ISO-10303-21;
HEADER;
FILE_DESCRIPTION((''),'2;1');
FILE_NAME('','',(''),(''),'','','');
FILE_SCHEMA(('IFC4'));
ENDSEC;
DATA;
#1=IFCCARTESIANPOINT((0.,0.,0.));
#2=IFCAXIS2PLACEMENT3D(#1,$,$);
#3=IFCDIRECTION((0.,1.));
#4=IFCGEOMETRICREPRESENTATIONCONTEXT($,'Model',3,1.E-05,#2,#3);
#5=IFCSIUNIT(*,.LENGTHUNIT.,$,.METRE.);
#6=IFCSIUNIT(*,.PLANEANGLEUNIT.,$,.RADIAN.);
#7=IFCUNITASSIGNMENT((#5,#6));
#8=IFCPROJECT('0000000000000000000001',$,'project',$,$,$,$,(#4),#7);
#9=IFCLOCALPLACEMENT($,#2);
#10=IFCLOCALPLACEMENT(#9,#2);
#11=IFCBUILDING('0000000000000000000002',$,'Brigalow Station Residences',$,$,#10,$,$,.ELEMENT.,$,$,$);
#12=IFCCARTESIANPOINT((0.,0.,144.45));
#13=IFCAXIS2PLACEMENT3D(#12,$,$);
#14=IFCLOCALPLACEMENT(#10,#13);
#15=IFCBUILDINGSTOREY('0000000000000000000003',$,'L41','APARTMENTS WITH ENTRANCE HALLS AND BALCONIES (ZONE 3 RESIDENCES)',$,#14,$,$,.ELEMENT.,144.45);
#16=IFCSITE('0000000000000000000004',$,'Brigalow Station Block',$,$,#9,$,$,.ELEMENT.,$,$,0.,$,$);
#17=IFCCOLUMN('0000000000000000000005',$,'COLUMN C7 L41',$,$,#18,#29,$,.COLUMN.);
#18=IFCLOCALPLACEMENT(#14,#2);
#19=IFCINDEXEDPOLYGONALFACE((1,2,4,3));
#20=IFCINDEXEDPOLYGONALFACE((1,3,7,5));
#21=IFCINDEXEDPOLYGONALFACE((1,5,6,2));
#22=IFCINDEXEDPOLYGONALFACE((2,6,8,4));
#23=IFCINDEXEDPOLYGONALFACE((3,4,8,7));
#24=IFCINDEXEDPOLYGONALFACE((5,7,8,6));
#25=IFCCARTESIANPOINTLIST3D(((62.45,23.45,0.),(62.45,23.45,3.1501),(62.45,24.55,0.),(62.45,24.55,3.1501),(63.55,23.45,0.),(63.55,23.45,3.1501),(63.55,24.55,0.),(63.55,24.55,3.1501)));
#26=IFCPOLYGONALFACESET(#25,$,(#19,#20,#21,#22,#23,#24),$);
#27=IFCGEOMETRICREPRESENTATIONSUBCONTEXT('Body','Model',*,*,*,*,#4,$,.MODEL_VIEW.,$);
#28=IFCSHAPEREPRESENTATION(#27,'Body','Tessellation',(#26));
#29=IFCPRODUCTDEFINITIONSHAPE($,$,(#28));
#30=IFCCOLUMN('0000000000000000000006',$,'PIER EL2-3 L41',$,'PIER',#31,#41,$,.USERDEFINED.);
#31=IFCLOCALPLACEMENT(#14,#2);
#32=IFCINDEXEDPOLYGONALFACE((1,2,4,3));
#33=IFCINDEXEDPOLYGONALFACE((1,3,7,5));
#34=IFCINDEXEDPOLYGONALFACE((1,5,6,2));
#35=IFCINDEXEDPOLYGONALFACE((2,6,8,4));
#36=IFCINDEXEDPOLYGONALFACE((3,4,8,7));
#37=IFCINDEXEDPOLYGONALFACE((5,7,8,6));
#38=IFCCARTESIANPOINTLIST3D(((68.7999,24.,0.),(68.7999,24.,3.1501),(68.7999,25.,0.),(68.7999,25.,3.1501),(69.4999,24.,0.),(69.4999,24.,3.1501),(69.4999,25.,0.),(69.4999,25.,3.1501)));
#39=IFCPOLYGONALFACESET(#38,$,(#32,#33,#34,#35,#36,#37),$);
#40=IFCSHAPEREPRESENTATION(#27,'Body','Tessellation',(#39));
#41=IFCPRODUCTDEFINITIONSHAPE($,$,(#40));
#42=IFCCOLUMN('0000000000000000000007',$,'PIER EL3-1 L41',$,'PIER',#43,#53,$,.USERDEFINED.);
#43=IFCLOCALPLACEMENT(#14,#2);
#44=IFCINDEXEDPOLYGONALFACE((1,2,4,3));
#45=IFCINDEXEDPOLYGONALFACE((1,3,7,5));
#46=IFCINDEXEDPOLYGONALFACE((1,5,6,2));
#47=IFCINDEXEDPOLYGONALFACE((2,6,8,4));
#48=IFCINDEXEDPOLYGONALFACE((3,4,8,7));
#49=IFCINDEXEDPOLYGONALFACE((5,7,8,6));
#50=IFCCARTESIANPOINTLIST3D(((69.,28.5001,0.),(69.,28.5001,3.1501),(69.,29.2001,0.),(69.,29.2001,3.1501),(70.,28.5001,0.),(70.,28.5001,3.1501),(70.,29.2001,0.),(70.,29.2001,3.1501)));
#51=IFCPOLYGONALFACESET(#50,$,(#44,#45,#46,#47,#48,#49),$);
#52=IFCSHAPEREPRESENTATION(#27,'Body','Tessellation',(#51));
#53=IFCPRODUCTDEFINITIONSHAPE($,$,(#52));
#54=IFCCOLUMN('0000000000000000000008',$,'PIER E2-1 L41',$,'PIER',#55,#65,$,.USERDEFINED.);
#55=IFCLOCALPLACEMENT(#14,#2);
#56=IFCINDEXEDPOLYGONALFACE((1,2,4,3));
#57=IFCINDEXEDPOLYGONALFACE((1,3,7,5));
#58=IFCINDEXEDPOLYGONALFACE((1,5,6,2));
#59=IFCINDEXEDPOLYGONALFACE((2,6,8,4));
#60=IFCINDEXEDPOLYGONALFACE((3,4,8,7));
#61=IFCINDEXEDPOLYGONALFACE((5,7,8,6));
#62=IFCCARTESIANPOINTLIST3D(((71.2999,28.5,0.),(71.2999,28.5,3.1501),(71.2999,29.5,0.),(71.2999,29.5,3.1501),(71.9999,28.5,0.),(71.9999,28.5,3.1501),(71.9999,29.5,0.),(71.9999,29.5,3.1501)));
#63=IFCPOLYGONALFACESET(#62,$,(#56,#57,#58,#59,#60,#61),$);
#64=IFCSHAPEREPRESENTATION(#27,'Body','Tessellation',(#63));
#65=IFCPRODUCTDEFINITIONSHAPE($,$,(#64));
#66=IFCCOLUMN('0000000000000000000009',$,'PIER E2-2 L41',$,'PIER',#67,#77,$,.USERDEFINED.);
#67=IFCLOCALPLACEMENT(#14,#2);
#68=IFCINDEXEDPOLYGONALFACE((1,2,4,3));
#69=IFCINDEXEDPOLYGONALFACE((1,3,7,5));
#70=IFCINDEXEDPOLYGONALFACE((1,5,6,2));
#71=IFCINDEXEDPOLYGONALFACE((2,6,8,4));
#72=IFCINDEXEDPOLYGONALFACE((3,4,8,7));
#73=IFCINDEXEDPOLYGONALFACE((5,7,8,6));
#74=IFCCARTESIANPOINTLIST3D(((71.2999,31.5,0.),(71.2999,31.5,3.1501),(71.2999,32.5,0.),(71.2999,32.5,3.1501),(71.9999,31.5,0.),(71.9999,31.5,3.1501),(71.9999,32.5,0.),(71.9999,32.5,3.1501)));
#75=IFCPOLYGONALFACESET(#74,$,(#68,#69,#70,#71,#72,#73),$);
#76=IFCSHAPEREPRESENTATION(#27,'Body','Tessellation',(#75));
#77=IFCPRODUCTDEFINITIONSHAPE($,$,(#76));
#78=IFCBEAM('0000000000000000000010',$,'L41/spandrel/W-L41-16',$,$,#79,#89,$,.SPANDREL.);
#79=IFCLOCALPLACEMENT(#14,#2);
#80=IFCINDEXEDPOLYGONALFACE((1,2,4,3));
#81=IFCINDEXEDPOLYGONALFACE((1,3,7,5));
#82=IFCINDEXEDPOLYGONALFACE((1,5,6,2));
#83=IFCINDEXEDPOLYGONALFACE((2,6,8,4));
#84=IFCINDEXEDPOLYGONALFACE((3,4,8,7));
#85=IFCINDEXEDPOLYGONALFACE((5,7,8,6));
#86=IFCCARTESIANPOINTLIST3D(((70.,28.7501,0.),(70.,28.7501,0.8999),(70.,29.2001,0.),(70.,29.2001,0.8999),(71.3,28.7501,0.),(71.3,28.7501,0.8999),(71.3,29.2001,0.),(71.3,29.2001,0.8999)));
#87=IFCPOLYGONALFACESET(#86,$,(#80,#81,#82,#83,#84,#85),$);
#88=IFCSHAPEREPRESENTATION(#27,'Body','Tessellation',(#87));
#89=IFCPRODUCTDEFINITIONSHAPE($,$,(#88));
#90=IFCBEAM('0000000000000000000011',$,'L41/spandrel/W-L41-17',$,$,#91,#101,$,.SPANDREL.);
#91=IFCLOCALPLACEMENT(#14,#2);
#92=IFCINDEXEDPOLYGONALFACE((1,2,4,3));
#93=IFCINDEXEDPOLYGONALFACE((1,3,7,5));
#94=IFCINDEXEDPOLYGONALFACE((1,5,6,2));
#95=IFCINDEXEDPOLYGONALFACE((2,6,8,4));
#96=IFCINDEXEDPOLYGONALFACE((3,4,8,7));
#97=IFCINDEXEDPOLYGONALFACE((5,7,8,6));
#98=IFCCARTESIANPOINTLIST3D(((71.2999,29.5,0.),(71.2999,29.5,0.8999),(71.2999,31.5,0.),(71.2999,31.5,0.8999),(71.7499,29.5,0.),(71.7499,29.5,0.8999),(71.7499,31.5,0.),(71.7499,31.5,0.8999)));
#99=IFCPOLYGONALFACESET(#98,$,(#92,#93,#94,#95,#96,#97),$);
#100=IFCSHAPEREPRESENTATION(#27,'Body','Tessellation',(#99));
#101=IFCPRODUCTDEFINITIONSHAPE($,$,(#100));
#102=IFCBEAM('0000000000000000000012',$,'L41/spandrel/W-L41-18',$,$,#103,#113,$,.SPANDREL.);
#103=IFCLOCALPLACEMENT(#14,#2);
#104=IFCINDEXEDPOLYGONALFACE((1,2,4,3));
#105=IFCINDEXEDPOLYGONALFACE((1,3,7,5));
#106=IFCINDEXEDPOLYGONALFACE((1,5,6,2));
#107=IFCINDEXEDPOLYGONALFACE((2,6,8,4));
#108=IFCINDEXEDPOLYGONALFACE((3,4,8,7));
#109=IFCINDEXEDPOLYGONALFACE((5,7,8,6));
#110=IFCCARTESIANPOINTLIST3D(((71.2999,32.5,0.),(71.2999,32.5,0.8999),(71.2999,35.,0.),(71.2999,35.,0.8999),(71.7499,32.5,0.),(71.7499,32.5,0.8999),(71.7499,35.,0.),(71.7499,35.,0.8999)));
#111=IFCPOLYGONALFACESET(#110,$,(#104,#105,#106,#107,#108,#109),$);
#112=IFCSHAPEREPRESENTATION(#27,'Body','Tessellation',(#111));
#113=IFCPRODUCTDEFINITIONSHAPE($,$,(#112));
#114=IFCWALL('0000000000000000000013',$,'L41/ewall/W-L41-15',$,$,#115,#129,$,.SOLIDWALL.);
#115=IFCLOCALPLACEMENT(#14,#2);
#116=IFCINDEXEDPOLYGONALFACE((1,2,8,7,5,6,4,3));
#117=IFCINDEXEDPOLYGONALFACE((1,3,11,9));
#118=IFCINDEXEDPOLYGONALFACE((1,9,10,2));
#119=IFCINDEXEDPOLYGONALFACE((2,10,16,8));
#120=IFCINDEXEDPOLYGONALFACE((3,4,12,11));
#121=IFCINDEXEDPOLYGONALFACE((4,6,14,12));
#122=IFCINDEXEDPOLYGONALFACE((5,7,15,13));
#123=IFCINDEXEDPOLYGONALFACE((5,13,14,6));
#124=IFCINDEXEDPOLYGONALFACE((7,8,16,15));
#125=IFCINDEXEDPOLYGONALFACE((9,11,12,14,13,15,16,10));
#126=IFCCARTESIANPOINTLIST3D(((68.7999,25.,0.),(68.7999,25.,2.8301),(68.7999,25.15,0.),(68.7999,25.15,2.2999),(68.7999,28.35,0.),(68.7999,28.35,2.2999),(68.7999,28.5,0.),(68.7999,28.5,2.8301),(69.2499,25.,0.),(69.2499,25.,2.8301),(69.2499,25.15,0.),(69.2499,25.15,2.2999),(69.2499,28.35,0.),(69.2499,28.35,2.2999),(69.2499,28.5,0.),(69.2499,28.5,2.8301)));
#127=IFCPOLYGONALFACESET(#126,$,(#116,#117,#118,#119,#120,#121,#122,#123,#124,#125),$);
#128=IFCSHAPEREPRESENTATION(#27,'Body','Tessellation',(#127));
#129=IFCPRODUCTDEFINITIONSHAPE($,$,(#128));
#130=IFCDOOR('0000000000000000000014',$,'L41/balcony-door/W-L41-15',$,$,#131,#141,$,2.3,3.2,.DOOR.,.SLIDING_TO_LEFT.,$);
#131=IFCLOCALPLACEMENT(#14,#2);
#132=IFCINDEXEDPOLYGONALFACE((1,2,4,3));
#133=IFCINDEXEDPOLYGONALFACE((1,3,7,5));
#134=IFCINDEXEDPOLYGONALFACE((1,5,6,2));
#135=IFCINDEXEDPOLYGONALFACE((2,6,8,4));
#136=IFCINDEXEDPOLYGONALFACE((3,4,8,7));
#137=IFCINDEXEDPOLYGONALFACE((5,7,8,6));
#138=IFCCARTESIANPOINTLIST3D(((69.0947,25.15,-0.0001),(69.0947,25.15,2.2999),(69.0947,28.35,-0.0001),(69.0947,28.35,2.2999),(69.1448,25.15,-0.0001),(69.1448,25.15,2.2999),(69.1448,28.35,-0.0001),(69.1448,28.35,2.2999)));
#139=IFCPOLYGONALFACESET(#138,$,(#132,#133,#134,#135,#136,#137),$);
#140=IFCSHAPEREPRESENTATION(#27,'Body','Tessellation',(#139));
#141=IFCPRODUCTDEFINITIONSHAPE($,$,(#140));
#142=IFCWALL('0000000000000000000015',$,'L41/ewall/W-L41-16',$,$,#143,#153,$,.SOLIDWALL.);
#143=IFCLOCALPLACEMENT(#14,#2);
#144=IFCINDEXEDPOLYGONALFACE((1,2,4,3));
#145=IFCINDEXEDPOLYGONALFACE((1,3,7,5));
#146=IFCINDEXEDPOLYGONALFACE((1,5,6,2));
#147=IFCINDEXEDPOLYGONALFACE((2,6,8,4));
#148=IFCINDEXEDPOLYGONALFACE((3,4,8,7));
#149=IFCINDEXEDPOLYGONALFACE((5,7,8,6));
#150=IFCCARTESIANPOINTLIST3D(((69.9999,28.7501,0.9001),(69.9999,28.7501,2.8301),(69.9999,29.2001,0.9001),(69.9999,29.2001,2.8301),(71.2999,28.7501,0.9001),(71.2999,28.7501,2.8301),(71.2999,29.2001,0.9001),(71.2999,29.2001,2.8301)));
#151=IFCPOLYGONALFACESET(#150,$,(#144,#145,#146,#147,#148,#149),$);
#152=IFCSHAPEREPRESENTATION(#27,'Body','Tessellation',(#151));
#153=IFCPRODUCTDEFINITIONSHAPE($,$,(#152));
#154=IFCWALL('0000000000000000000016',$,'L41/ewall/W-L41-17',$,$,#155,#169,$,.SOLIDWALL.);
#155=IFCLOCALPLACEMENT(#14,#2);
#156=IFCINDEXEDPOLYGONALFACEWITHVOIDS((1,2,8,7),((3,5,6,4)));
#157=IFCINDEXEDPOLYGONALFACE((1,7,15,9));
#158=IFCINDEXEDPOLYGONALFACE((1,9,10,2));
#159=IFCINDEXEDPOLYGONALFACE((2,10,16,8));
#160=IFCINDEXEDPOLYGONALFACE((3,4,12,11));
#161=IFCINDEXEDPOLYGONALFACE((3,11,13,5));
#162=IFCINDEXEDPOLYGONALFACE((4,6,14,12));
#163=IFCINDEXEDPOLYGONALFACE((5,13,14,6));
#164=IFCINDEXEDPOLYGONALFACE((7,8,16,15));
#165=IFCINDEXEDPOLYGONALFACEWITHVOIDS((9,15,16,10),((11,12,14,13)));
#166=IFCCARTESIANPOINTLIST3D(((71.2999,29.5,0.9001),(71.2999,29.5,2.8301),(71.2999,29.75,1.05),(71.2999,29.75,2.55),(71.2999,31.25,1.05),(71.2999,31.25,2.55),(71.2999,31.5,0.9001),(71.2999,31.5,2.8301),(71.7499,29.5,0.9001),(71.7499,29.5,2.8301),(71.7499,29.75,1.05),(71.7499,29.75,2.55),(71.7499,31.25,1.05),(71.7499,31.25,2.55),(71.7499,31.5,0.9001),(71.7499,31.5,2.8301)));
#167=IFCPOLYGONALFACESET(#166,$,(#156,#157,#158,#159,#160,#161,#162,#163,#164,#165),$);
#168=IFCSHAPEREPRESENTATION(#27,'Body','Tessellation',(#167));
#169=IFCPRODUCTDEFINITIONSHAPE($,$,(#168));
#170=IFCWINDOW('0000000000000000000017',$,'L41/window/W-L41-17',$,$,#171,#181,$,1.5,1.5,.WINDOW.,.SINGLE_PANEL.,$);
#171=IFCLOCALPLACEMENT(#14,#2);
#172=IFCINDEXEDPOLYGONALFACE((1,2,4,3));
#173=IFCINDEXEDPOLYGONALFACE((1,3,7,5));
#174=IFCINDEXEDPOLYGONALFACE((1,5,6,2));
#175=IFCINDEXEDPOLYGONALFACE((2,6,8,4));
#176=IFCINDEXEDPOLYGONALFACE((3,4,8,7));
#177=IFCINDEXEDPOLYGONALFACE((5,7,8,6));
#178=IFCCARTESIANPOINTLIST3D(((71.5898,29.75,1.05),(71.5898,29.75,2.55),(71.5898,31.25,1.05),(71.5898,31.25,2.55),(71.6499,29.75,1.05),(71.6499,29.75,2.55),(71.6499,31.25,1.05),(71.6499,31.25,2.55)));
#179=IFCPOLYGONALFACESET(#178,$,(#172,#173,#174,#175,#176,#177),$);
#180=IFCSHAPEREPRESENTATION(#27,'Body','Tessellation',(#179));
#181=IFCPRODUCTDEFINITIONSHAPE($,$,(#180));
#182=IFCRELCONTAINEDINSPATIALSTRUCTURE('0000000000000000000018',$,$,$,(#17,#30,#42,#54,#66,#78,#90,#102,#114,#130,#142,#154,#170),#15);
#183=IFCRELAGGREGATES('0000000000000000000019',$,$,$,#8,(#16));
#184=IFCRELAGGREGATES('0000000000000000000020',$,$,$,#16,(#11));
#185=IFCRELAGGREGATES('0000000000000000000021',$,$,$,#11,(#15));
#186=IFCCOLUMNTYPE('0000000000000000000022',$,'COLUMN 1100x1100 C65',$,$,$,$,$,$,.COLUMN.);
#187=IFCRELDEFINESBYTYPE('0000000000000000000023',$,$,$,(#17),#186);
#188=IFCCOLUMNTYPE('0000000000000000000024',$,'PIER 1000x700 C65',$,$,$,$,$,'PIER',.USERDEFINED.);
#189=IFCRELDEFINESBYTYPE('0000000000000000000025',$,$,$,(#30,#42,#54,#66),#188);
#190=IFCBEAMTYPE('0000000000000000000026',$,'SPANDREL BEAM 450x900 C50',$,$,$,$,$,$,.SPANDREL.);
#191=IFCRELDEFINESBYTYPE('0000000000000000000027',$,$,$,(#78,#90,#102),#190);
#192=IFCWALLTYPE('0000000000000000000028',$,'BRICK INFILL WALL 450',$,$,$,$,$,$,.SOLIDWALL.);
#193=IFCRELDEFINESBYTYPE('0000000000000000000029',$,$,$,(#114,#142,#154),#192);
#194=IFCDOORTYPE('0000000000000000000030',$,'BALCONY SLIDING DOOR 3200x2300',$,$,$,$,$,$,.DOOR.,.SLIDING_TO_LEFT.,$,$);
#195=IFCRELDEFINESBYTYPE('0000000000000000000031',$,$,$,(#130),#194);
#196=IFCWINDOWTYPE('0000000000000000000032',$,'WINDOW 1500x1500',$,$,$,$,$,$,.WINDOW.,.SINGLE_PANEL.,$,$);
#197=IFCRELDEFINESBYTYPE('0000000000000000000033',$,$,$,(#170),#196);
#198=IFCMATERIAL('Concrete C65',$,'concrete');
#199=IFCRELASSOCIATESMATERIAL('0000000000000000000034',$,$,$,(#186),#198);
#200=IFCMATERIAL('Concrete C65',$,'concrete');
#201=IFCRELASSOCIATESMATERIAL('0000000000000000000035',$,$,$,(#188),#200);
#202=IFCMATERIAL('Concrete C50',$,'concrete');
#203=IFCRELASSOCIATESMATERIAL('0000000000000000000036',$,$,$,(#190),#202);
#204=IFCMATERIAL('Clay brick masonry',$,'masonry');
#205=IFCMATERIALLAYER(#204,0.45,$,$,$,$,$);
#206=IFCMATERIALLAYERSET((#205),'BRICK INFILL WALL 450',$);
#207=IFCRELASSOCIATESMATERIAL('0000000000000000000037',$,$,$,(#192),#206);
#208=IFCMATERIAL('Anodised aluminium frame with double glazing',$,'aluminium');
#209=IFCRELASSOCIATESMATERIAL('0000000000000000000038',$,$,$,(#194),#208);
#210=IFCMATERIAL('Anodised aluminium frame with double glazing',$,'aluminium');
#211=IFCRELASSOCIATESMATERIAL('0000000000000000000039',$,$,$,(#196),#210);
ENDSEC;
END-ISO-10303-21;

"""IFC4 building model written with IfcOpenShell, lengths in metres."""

from ifc_helpers import new_model, si_unit, direction, frame, frame_2d, origin, origin_2d, place, context, subcontext, project, spatial, rectangle, extrude, material, layer, layer_set, material_profile, profile_set, type_object, element, fill, save


model = new_model("IFC4")

# Units and contexts
model_context = context("Model", 3, precision=1e-05, world=origin(), true_north=direction((0.0, 1.0)))
body_context = subcontext(model_context, "Body", "Model", "MODEL_VIEW")
ifc_project = project(units=[si_unit("LENGTHUNIT", "METRE"), si_unit("PLANEANGLEUNIT", "RADIAN")], contexts=[model_context])

# Site, building, storey
site_placement = place(None, origin())
site = spatial("IfcSite", under=ifc_project, at=site_placement, Name="Brigalow Station Block", CompositionType="ELEMENT", RefElevation=0.0)
building_placement = place(site_placement, origin())
building = spatial("IfcBuilding", under=site, at=building_placement, Name="Brigalow Station Residences", CompositionType="ELEMENT")
storey_placement = place(building_placement, frame((0.0, 0.0, 144.45)))
storey = spatial("IfcBuildingStorey", under=building, at=storey_placement, Name="L41", Description="APARTMENTS WITH ENTRANCE HALLS AND BALCONIES (ZONE 3 RESIDENCES)", CompositionType="ELEMENT", Elevation=144.45)

# Columns
ifc_material_1 = material(Name="Concrete C65", Category="concrete")
ifc_material_profile_1 = material_profile(ifc_material_1, rectangle(XDim=1.1001, YDim=1.1001, at=origin_2d()), Name="RC1100x1100")
ifc_profile_set_1 = profile_set([ifc_material_profile_1], Name="Concrete C65")
column_type_1 = type_object("IfcColumnType", Name="COLUMN 1100x1100 C65", PredefinedType="COLUMN", material=ifc_profile_set_1)
column_placement = place(storey_placement, frame((63.0, 24.0, 0.0), z_axis=(0.0, 0.0, 1.0), x_axis=(1.0, 0.0, 0.0)))
element("IfcColumn", 1, at=column_placement, inside=storey, type_object=column_type_1, Name="COLUMN C7 L41", PredefinedType="COLUMN", context=body_context, shape_type="SweptSolid", body=[
    extrude(rectangle(XDim=1.1001, YDim=1.1001, at=origin_2d()), origin(), (0.0, 0.0, 1.0), 3.1501),
])
ifc_material_2 = material(Name="Concrete C65", Category="concrete")
ifc_material_profile_2 = material_profile(ifc_material_2, rectangle(XDim=1.0, YDim=0.7, at=origin_2d()), Name="RC1000x700")
ifc_profile_set_2 = profile_set([ifc_material_profile_2], Name="Concrete C65")
column_type_2 = type_object("IfcColumnType", Name="PIER 1000x700 C65", ElementType="PIER", PredefinedType="USERDEFINED", material=ifc_profile_set_2)
for number, where, z_axis, x_axis, name in (
    (2, (69.1499, 24.5, 0.0), (0.0, 0.0, 1.0), (0.0, 1.0, 0.0), "PIER EL2-3 L41"),
    (3, (69.5, 28.8501, 0.0), (0.0, 0.0, 1.0), (1.0, 0.0, 0.0), "PIER EL3-1 L41"),
    (4, (71.6499, 29.0, 0.0), (0.0, 0.0, 1.0), (0.0, 1.0, 0.0), "PIER E2-1 L41"),
    (5, (71.6499, 32.0, 0.0), (0.0, 0.0, 1.0), (0.0, 1.0, 0.0), "PIER E2-2 L41"),
):
    element("IfcColumn", number, at=place(storey_placement, frame(where, z_axis=z_axis, x_axis=x_axis)), inside=storey, type_object=column_type_2, Name=name, ObjectType="PIER", PredefinedType="USERDEFINED", context=body_context, shape_type="SweptSolid", body=[
        extrude(rectangle(XDim=1.0, YDim=0.7, at=origin_2d()), origin(), (0.0, 0.0, 1.0), 3.1501),
    ])

# Beams
ifc_material_3 = material(Name="Concrete C50", Category="concrete")
ifc_material_profile_3 = material_profile(ifc_material_3, rectangle(XDim=0.45, YDim=0.8999, at=origin_2d()), Name="RC450x900")
ifc_profile_set_3 = profile_set([ifc_material_profile_3], Name="Concrete C50")
beam_type = type_object("IfcBeamType", Name="SPANDREL BEAM 450x900 C50", PredefinedType="SPANDREL", material=ifc_profile_set_3)
beam_1_placement = place(storey_placement, frame((70.0, 28.9751, 0.45), z_axis=(1.0, 0.0, 0.0), x_axis=(0.0, 1.0, 0.0)))
element("IfcBeam", 6, at=beam_1_placement, inside=storey, type_object=beam_type, Name="L41/spandrel/W-L41-16", PredefinedType="SPANDREL", context=body_context, shape_type="SweptSolid", body=[
    extrude(rectangle(XDim=0.45, YDim=0.8999, at=origin_2d()), origin(), (0.0, 0.0, 1.0), 1.3),
])
beam_2_placement = place(storey_placement, frame((71.5249, 29.5, 0.45), z_axis=(0.0, 1.0, 0.0), x_axis=(-1.0, 0.0, 0.0)))
element("IfcBeam", 7, at=beam_2_placement, inside=storey, type_object=beam_type, Name="L41/spandrel/W-L41-17", PredefinedType="SPANDREL", context=body_context, shape_type="SweptSolid", body=[
    extrude(rectangle(XDim=0.45, YDim=0.8999, at=origin_2d()), origin(), (0.0, 0.0, 1.0), 2.0),
])
beam_3_placement = place(storey_placement, frame((71.5249, 32.5, 0.45), z_axis=(0.0, 1.0, 0.0), x_axis=(-1.0, 0.0, 0.0)))
element("IfcBeam", 8, at=beam_3_placement, inside=storey, type_object=beam_type, Name="L41/spandrel/W-L41-18", PredefinedType="SPANDREL", context=body_context, shape_type="SweptSolid", body=[
    extrude(rectangle(XDim=0.45, YDim=0.8999, at=origin_2d()), origin(), (0.0, 0.0, 1.0), 2.5),
])

# Wall, opening, door
ifc_material_4 = material(Name="Clay brick masonry", Category="masonry")
ifc_layer_1 = layer(ifc_material_4, 0.45)
ifc_layer_set_1 = layer_set([ifc_layer_1], Name="BRICK INFILL WALL 450")
wall_type_1 = type_object("IfcWallType", Name="BRICK INFILL WALL 450", PredefinedType="SOLIDWALL", material=ifc_layer_set_1)
wall_1_placement = place(storey_placement, frame((69.0249, 25.0, 0.0), z_axis=(0.0, 0.0, 1.0), x_axis=(0.0, 1.0, 0.0)))
wall_1 = element("IfcWall", 9, at=wall_1_placement, inside=storey, type_object=wall_type_1, Name="L41/ewall/W-L41-15", PredefinedType="SOLIDWALL", context=body_context, shape_type="SweptSolid", body=[
    extrude(rectangle(XDim=3.5, YDim=0.45, at=frame_2d((1.75, 0.0))), origin(), (0.0, 0.0, 1.0), 2.8301),
])
opening_1_placement = place(wall_1_placement, frame((0.1499, 0.0, 0.0)))
opening_1 = element("IfcOpeningElement", 10, at=opening_1_placement, cuts=wall_1, PredefinedType="OPENING", context=body_context, shape_type="SweptSolid", body=[
    extrude(rectangle(XDim=3.2, YDim=2.3, at=frame_2d((1.6001, 1.1499))), frame((0.0, 0.2349, 0.0), z_axis=(0.0, -1.0, 0.0), x_axis=(1.0, 0.0, 0.0)), (0.0, 0.0, 1.0), 0.47),
])
ifc_material_5 = material(Name="Anodised aluminium frame with double glazing", Category="aluminium")
door_type_1 = type_object("IfcDoorType", Name="BALCONY SLIDING DOOR 3200x2300", OperationType="SLIDING_TO_LEFT", PredefinedType="DOOR", material=ifc_material_5)
door_1_placement = place(opening_1_placement, origin())
door_1 = element("IfcDoor", 11, at=door_1_placement, inside=storey, type_object=door_type_1, Name="L41/balcony-door/W-L41-15", OperationType="SLIDING_TO_LEFT", OverallHeight=2.3, OverallWidth=3.2, PredefinedType="DOOR", context=body_context, shape_type="SweptSolid", body=[
    extrude(rectangle(XDim=3.2, YDim=2.3, at=frame_2d((1.6001, 1.1499))), frame((0.0, -0.0698, 0.0), z_axis=(0.0, -1.0, 0.0), x_axis=(1.0, 0.0, 0.0)), (0.0, 0.0, 1.0), 0.05),
])
fill(opening_1, door_1)

# Wall
wall_2_placement = place(storey_placement, frame((70.0, 28.9751, 0.9001), z_axis=(0.0, 0.0, 1.0), x_axis=(1.0, 0.0, 0.0)))
element("IfcWall", 12, at=wall_2_placement, inside=storey, type_object=wall_type_1, Name="L41/ewall/W-L41-16", PredefinedType="SOLIDWALL", context=body_context, shape_type="SweptSolid", body=[
    extrude(rectangle(XDim=1.3, YDim=0.45, at=frame_2d((0.6499, 0.0))), origin(), (0.0, 0.0, 1.0), 1.9299),
])

# Wall, opening, window
wall_3_placement = place(storey_placement, frame((71.5249, 29.5, 0.9001), z_axis=(0.0, 0.0, 1.0), x_axis=(0.0, 1.0, 0.0)))
wall_3 = element("IfcWall", 13, at=wall_3_placement, inside=storey, type_object=wall_type_1, Name="L41/ewall/W-L41-17", PredefinedType="SOLIDWALL", context=body_context, shape_type="SweptSolid", body=[
    extrude(rectangle(XDim=2.0, YDim=0.45, at=frame_2d((1.0, 0.0))), origin(), (0.0, 0.0, 1.0), 1.9299),
])
opening_2_placement = place(wall_3_placement, frame((0.25, 0.0, 0.1499)))
opening_2 = element("IfcOpeningElement", 14, at=opening_2_placement, cuts=wall_3, PredefinedType="OPENING", context=body_context, shape_type="SweptSolid", body=[
    extrude(rectangle(XDim=1.5, YDim=1.5, at=frame_2d((0.75, 0.75))), frame((0.0, 0.2349, 0.0), z_axis=(0.0, -1.0, 0.0), x_axis=(1.0, 0.0, 0.0)), (0.0, 0.0, 1.0), 0.47),
])
ifc_material_6 = material(Name="Anodised aluminium frame with double glazing", Category="aluminium")
window_type_1 = type_object("IfcWindowType", Name="WINDOW 1500x1500", PartitioningType="SINGLE_PANEL", PredefinedType="WINDOW", material=ifc_material_6)
window_1_placement = place(opening_2_placement, origin())
window_1 = element("IfcWindow", 15, at=window_1_placement, inside=storey, type_object=window_type_1, Name="L41/window/W-L41-17", OverallHeight=1.5, OverallWidth=1.5, PartitioningType="SINGLE_PANEL", PredefinedType="WINDOW", context=body_context, shape_type="SweptSolid", body=[
    extrude(rectangle(XDim=1.5, YDim=1.5, at=frame_2d((0.75, 0.75))), frame((0.0, -0.0649, 0.0), z_axis=(0.0, -1.0, 0.0), x_axis=(1.0, 0.0, 0.0)), (0.0, 0.0, 1.0), 0.0601),
])
fill(opening_2, window_1)

save(model, "model.ifc")
